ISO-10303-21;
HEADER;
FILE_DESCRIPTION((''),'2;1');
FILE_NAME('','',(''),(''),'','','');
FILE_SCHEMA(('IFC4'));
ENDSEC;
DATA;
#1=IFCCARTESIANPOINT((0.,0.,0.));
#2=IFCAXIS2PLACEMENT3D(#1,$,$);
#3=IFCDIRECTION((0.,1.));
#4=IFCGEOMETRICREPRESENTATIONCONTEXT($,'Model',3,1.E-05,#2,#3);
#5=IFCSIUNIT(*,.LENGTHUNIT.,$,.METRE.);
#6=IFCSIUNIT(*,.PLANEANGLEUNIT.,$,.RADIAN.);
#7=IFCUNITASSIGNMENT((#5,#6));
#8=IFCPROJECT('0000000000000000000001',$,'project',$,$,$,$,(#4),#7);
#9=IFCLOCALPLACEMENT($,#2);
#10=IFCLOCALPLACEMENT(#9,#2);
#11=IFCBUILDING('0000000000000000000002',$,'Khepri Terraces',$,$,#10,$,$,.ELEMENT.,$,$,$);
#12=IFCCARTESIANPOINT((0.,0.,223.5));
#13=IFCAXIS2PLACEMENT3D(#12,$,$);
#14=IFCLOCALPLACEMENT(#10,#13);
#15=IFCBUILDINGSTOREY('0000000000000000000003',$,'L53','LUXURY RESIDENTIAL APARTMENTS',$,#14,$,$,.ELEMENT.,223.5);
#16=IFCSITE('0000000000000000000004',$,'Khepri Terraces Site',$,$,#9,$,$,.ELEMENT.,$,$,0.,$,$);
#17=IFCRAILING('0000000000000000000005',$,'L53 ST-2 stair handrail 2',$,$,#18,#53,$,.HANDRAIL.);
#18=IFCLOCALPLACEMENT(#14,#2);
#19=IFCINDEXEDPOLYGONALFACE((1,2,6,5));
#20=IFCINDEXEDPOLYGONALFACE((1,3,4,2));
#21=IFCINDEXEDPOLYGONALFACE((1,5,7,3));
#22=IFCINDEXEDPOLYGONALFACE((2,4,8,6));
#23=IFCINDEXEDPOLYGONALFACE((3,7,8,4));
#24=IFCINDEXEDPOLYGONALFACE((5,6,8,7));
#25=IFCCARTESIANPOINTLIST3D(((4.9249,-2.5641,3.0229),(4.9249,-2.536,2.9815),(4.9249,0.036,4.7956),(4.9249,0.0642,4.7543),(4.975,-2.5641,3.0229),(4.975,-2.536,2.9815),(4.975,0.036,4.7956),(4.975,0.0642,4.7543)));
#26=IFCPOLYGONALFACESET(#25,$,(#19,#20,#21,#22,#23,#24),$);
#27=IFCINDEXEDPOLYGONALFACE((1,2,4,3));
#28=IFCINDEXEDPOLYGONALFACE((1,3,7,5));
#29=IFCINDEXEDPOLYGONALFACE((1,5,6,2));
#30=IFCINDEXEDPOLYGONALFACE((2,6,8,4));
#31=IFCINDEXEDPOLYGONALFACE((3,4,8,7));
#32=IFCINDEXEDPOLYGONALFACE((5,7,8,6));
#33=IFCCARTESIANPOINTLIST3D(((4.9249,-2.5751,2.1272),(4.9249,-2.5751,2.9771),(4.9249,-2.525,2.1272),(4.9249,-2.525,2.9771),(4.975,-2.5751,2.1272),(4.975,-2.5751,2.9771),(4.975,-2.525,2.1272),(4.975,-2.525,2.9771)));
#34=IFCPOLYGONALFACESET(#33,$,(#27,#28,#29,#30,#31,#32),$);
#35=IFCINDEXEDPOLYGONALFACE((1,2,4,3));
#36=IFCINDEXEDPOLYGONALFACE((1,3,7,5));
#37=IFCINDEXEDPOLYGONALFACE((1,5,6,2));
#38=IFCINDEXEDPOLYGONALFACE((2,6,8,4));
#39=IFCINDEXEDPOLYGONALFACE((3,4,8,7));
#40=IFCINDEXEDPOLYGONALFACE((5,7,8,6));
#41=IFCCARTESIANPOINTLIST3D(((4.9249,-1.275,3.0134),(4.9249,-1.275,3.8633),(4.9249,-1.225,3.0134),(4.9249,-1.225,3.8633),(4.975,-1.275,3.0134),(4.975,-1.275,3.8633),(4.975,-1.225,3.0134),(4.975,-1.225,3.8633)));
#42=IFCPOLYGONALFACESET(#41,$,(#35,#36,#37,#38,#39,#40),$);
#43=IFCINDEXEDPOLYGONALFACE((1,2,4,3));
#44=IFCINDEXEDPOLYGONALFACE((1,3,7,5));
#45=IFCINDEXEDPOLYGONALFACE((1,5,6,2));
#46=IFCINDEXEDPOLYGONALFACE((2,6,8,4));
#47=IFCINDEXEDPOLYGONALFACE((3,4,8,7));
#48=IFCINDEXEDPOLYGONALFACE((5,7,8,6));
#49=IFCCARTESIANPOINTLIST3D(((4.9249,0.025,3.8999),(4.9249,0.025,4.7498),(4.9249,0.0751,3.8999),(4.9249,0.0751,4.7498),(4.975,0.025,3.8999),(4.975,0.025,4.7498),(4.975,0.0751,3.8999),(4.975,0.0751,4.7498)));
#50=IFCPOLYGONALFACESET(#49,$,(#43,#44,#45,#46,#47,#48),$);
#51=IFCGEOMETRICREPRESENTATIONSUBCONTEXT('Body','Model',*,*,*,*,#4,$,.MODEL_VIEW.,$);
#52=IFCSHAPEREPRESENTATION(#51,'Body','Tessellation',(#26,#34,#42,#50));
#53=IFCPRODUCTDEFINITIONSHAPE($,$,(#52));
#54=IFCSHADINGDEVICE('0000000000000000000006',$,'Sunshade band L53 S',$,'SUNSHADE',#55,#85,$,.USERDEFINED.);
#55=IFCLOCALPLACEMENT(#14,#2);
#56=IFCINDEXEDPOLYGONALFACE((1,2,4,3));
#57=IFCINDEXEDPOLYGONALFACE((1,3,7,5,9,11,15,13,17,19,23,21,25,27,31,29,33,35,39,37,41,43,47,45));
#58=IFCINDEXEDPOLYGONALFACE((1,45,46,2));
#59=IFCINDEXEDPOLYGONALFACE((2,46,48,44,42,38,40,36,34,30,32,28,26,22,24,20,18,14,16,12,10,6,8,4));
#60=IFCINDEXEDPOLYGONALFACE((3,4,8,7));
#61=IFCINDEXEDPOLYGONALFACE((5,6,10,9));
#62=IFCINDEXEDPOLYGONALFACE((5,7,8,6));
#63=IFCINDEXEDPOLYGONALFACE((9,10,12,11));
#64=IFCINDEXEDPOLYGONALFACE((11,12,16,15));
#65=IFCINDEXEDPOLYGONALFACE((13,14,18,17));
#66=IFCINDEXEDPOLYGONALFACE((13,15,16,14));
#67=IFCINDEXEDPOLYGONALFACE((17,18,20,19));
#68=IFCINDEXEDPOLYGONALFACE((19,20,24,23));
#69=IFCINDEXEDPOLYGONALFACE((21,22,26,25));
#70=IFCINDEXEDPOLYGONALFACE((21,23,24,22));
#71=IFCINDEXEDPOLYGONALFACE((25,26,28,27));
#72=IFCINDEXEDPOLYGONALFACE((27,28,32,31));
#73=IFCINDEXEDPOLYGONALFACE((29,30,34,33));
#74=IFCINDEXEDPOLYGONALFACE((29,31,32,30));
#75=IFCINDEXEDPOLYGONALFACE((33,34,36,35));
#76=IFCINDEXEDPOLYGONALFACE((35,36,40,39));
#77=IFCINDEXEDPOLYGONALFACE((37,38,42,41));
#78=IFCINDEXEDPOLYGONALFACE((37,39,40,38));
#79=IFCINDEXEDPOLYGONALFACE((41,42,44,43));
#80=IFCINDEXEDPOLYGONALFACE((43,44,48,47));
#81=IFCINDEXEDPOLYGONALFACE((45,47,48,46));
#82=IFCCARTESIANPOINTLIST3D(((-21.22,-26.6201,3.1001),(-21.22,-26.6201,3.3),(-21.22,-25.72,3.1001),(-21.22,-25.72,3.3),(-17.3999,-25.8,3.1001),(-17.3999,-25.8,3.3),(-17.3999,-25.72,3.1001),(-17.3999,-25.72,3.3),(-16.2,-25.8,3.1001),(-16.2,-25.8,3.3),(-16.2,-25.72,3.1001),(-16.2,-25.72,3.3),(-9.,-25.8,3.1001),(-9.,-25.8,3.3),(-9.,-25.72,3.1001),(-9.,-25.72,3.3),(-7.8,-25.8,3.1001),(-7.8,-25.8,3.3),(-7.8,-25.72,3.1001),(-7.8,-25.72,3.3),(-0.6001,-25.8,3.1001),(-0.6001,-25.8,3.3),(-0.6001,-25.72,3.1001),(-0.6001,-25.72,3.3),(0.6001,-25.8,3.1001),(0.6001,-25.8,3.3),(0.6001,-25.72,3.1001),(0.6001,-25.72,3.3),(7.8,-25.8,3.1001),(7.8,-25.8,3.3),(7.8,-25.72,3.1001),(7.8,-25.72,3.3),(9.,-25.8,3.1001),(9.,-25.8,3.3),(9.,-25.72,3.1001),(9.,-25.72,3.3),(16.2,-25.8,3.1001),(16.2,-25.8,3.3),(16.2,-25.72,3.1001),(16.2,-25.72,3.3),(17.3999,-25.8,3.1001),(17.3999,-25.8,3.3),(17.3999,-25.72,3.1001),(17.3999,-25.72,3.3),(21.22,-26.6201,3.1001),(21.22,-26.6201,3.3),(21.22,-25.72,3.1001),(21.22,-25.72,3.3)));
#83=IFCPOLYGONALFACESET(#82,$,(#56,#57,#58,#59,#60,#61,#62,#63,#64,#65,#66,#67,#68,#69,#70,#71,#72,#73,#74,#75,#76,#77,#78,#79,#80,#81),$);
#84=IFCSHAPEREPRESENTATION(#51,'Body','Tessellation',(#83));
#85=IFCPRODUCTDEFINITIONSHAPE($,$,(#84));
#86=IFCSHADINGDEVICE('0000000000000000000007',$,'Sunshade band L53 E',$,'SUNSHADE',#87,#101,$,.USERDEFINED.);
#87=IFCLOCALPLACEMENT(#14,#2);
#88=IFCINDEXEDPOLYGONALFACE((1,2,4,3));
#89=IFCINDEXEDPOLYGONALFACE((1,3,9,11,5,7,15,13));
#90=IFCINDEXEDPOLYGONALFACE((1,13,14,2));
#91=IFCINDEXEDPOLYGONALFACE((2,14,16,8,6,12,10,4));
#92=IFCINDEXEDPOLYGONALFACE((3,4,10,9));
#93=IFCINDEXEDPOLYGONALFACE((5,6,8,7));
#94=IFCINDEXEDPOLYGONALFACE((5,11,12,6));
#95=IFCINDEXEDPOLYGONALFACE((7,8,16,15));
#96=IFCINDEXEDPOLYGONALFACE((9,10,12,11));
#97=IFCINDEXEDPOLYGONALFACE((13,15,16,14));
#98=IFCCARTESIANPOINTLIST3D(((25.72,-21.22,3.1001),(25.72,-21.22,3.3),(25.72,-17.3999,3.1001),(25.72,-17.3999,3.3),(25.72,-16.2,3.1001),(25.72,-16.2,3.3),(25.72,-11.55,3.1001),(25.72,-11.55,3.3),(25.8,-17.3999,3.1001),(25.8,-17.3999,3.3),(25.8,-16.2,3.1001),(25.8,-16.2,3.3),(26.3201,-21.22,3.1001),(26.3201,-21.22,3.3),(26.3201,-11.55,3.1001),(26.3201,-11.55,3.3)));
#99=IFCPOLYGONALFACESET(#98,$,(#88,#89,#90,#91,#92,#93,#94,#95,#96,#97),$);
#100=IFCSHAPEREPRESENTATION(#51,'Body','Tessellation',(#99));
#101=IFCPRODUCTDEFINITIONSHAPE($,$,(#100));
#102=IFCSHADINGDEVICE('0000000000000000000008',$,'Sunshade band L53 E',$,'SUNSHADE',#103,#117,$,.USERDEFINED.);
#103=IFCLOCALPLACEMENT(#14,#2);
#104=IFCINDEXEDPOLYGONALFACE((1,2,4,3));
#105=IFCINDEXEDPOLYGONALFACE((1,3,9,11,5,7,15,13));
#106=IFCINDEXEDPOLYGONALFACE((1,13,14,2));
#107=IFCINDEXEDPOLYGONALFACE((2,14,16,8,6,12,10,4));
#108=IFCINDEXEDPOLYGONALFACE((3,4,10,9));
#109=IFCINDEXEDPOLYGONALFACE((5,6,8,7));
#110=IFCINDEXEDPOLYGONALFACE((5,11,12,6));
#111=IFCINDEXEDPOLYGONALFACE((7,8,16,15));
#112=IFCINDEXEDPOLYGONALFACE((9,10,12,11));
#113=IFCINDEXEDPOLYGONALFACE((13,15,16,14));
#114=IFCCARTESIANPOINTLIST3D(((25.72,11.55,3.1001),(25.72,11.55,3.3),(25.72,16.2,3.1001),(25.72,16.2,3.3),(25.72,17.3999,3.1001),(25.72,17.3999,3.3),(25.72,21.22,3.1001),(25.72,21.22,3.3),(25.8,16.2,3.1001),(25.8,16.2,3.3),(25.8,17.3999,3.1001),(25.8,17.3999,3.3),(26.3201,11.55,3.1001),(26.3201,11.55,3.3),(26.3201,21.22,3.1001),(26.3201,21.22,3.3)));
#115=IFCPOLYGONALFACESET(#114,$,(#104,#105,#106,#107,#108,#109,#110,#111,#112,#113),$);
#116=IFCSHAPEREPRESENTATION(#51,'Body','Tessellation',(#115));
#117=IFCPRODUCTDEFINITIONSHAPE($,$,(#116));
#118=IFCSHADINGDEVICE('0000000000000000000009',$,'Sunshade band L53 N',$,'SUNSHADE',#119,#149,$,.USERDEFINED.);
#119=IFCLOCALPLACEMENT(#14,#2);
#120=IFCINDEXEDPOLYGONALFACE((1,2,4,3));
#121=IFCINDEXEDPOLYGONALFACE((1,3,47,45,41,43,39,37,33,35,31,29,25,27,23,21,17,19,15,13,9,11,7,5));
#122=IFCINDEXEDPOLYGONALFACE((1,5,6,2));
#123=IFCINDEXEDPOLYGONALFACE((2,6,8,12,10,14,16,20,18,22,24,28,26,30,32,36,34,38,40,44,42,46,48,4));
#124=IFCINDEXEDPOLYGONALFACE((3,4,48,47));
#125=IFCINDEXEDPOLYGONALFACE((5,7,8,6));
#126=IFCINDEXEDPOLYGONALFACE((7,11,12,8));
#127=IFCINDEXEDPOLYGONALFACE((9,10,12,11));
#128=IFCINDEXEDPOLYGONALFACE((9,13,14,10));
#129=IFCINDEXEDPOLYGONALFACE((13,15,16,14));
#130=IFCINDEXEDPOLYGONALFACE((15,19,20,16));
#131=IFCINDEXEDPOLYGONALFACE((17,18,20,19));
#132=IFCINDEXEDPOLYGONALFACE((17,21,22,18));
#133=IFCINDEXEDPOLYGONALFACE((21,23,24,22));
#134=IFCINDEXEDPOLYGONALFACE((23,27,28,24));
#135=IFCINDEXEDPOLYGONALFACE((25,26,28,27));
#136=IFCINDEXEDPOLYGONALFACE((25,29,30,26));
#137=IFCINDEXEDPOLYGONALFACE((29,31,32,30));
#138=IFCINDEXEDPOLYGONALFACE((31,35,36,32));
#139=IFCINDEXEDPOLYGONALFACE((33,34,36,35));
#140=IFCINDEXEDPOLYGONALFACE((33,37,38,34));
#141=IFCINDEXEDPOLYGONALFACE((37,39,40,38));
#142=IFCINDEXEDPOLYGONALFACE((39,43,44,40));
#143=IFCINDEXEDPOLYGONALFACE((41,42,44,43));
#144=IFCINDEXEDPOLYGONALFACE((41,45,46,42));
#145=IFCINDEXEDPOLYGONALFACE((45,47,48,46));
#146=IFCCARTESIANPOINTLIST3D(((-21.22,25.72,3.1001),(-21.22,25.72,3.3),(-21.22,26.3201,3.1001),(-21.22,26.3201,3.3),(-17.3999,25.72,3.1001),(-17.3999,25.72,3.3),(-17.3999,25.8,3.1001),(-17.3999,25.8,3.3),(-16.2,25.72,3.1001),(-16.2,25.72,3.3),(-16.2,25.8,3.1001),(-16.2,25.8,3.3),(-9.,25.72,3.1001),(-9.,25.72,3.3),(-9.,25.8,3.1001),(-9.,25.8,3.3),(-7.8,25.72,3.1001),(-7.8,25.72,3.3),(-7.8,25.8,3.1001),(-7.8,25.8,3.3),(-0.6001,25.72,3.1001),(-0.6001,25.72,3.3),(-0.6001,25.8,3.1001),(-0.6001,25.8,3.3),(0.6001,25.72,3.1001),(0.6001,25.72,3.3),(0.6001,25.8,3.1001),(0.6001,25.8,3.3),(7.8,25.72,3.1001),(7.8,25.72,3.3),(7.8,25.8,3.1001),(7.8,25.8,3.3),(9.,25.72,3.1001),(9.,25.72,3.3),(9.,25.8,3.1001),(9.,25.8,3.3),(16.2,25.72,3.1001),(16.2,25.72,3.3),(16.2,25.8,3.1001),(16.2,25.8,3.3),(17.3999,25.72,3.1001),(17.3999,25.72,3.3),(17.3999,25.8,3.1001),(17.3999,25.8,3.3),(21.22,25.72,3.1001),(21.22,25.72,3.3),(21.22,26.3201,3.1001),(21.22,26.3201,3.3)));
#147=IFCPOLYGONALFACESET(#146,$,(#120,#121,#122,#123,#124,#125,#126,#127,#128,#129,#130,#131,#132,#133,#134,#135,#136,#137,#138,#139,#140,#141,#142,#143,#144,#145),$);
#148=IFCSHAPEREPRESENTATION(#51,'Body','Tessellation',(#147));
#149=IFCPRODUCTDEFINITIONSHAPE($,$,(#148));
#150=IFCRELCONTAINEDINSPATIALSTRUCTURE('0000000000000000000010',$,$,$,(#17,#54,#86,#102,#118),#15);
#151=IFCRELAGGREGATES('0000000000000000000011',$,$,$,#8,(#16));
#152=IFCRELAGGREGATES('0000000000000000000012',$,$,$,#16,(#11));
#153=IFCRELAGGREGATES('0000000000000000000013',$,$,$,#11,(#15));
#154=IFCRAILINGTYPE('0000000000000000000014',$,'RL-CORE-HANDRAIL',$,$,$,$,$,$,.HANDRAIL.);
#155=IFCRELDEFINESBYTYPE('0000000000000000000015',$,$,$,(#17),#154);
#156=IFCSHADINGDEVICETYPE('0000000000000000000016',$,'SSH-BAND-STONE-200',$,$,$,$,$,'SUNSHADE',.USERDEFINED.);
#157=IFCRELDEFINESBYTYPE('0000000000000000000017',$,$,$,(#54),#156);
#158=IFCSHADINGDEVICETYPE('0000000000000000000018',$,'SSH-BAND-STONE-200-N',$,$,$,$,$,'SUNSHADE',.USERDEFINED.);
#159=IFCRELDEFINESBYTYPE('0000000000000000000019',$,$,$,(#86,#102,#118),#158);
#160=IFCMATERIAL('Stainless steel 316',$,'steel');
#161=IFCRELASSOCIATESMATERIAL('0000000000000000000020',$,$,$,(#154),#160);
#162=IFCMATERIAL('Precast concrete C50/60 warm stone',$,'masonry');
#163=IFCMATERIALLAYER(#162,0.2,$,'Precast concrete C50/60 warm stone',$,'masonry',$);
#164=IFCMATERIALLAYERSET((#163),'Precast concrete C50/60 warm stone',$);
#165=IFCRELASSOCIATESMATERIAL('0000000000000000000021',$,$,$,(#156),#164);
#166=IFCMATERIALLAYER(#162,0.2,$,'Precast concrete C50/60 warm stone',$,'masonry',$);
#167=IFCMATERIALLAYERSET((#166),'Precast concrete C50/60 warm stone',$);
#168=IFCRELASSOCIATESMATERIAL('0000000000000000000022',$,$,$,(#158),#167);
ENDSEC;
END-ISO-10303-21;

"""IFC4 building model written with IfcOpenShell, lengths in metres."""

from ifc_helpers import new_model, si_unit, direction, frame, origin, origin_2d, place, context, subcontext, project, spatial, polyline, rectangle, outline, extrude, material, layer, layer_set, type_object, element, save


model = new_model("IFC4")

# Units and contexts
model_context = context("Model", 3, precision=1e-05, world=origin(), true_north=direction((0.0, 1.0)))
body_context = subcontext(model_context, "Body", "Model", "MODEL_VIEW")
ifc_project = project(units=[si_unit("LENGTHUNIT", "METRE"), si_unit("PLANEANGLEUNIT", "RADIAN")], contexts=[model_context])

# Site, building, storey
site_placement = place(None, origin())
site = spatial("IfcSite", under=ifc_project, at=site_placement, Name="Khepri Terraces Site", CompositionType="ELEMENT", RefElevation=0.0)
building_placement = place(site_placement, origin())
building = spatial("IfcBuilding", under=site, at=building_placement, Name="Khepri Terraces", CompositionType="ELEMENT")
storey_placement = place(building_placement, frame((0.0, 0.0, 223.5)))
storey = spatial("IfcBuildingStorey", under=building, at=storey_placement, Name="L53", Description="LUXURY RESIDENTIAL APARTMENTS", CompositionType="ELEMENT", Elevation=223.5)

# Shared definitions
ifc_material_1 = material(Name="Precast concrete C50/60 warm stone", Category="masonry")

# Railing
ifc_material_2 = material(Name="Stainless steel 316", Category="steel")
railing_type_1 = type_object("IfcRailingType", Name="RL-CORE-HANDRAIL", PredefinedType="HANDRAIL", material=ifc_material_2)
railing_1_placement = place(storey_placement, frame((4.95, -2.55, 2.1272)))
element("IfcRailing", 1, at=railing_1_placement, inside=storey, type_object=railing_type_1, Name="L53 ST-2 stair handrail 2", PredefinedType="HANDRAIL", context=body_context, shape_type="SweptSolid", body=[
    extrude(rectangle(XDim=0.05, YDim=0.05, at=origin_2d()), frame((0.0, 0.0, 0.875), z_axis=(0.0, 0.82624, 0.563318), x_axis=(-1.0, 0.0, 0.0)), (0.0, 0.0, 1.0), 3.147),
    extrude(rectangle(XDim=0.05, YDim=0.05, at=origin_2d()), origin(), (0.0, 0.0, 1.0), 0.8499),
    extrude(rectangle(XDim=0.05, YDim=0.05, at=origin_2d()), frame((0.0, 1.3, 0.8862)), (0.0, 0.0, 1.0), 0.8499),
    extrude(rectangle(XDim=0.05, YDim=0.05, at=origin_2d()), frame((0.0, 2.6001, 1.7727)), (0.0, 0.0, 1.0), 0.8499),
])

# Shading devices
ifc_layer_1 = layer(ifc_material_1, 0.2, Name="Precast concrete C50/60 warm stone", Category="masonry")
ifc_layer_set_1 = layer_set([ifc_layer_1], Name="Precast concrete C50/60 warm stone")
shading_device_type_1 = type_object("IfcShadingDeviceType", Name="SSH-BAND-STONE-200", ElementType="SUNSHADE", PredefinedType="USERDEFINED", material=ifc_layer_set_1)
shading_device_1_placement = place(storey_placement, frame((0.0, 0.0, 3.1001)))
element("IfcShadingDevice", 2, at=shading_device_1_placement, inside=storey, type_object=shading_device_type_1, Name="Sunshade band L53 S", ObjectType="SUNSHADE", PredefinedType="USERDEFINED", context=body_context, shape_type="SweptSolid", body=[
    extrude(outline(polyline([(-17.3999, -25.72), (-21.22, -25.72), (-21.22, -26.6201), (21.22, -26.6201), (21.22, -25.72), (17.3999, -25.72), (17.3999, -25.8), (16.2, -25.8), (16.2, -25.72), (9.0, -25.72), (9.0, -25.8), (7.8, -25.8), (7.8, -25.72), (0.6001, -25.72), (0.6001, -25.8), (-0.6001, -25.8), (-0.6001, -25.72), (-7.8, -25.72), (-7.8, -25.8), (-9.0, -25.8), (-9.0, -25.72), (-16.2, -25.72), (-16.2, -25.8), (-17.3999, -25.8), (-17.3999, -25.72)])), origin(), (0.0, 0.0, 1.0), 0.2),
])
ifc_layer_2 = layer(ifc_material_1, 0.2, Name="Precast concrete C50/60 warm stone", Category="masonry")
ifc_layer_set_2 = layer_set([ifc_layer_2], Name="Precast concrete C50/60 warm stone")
shading_device_type_2 = type_object("IfcShadingDeviceType", Name="SSH-BAND-STONE-200-N", ElementType="SUNSHADE", PredefinedType="USERDEFINED", material=ifc_layer_set_2)
shading_device_2_placement = place(storey_placement, frame((0.0, 0.0, 3.1001)))
element("IfcShadingDevice", 3, at=shading_device_2_placement, inside=storey, type_object=shading_device_type_2, Name="Sunshade band L53 E", ObjectType="SUNSHADE", PredefinedType="USERDEFINED", context=body_context, shape_type="SweptSolid", body=[
    extrude(outline(polyline([(25.72, -17.3999), (25.72, -21.22), (26.3201, -21.22), (26.3201, -11.55), (25.72, -11.55), (25.72, -16.2), (25.8, -16.2), (25.8, -17.3999), (25.72, -17.3999)])), origin(), (0.0, 0.0, 1.0), 0.2),
])
shading_device_3_placement = place(storey_placement, frame((0.0, 0.0, 3.1001)))
element("IfcShadingDevice", 4, at=shading_device_3_placement, inside=storey, type_object=shading_device_type_2, Name="Sunshade band L53 E", ObjectType="SUNSHADE", PredefinedType="USERDEFINED", context=body_context, shape_type="SweptSolid", body=[
    extrude(outline(polyline([(25.72, 16.2), (25.72, 11.55), (26.3201, 11.55), (26.3201, 21.22), (25.72, 21.22), (25.72, 17.3999), (25.8, 17.3999), (25.8, 16.2), (25.72, 16.2)])), origin(), (0.0, 0.0, 1.0), 0.2),
])
shading_device_4_placement = place(storey_placement, frame((0.0, 0.0, 3.1001)))
element("IfcShadingDevice", 5, at=shading_device_4_placement, inside=storey, type_object=shading_device_type_2, Name="Sunshade band L53 N", ObjectType="SUNSHADE", PredefinedType="USERDEFINED", context=body_context, shape_type="SweptSolid", body=[
    extrude(outline(polyline([(17.3999, 25.72), (21.22, 25.72), (21.22, 26.3201), (-21.22, 26.3201), (-21.22, 25.72), (-17.3999, 25.72), (-17.3999, 25.8), (-16.2, 25.8), (-16.2, 25.72), (-9.0, 25.72), (-9.0, 25.8), (-7.8, 25.8), (-7.8, 25.72), (-0.6001, 25.72), (-0.6001, 25.8), (0.6001, 25.8), (0.6001, 25.72), (7.8, 25.72), (7.8, 25.8), (9.0, 25.8), (9.0, 25.72), (16.2, 25.72), (16.2, 25.8), (17.3999, 25.8), (17.3999, 25.72)])), origin(), (0.0, 0.0, 1.0), 0.2),
])

save(model, "model.ifc")
